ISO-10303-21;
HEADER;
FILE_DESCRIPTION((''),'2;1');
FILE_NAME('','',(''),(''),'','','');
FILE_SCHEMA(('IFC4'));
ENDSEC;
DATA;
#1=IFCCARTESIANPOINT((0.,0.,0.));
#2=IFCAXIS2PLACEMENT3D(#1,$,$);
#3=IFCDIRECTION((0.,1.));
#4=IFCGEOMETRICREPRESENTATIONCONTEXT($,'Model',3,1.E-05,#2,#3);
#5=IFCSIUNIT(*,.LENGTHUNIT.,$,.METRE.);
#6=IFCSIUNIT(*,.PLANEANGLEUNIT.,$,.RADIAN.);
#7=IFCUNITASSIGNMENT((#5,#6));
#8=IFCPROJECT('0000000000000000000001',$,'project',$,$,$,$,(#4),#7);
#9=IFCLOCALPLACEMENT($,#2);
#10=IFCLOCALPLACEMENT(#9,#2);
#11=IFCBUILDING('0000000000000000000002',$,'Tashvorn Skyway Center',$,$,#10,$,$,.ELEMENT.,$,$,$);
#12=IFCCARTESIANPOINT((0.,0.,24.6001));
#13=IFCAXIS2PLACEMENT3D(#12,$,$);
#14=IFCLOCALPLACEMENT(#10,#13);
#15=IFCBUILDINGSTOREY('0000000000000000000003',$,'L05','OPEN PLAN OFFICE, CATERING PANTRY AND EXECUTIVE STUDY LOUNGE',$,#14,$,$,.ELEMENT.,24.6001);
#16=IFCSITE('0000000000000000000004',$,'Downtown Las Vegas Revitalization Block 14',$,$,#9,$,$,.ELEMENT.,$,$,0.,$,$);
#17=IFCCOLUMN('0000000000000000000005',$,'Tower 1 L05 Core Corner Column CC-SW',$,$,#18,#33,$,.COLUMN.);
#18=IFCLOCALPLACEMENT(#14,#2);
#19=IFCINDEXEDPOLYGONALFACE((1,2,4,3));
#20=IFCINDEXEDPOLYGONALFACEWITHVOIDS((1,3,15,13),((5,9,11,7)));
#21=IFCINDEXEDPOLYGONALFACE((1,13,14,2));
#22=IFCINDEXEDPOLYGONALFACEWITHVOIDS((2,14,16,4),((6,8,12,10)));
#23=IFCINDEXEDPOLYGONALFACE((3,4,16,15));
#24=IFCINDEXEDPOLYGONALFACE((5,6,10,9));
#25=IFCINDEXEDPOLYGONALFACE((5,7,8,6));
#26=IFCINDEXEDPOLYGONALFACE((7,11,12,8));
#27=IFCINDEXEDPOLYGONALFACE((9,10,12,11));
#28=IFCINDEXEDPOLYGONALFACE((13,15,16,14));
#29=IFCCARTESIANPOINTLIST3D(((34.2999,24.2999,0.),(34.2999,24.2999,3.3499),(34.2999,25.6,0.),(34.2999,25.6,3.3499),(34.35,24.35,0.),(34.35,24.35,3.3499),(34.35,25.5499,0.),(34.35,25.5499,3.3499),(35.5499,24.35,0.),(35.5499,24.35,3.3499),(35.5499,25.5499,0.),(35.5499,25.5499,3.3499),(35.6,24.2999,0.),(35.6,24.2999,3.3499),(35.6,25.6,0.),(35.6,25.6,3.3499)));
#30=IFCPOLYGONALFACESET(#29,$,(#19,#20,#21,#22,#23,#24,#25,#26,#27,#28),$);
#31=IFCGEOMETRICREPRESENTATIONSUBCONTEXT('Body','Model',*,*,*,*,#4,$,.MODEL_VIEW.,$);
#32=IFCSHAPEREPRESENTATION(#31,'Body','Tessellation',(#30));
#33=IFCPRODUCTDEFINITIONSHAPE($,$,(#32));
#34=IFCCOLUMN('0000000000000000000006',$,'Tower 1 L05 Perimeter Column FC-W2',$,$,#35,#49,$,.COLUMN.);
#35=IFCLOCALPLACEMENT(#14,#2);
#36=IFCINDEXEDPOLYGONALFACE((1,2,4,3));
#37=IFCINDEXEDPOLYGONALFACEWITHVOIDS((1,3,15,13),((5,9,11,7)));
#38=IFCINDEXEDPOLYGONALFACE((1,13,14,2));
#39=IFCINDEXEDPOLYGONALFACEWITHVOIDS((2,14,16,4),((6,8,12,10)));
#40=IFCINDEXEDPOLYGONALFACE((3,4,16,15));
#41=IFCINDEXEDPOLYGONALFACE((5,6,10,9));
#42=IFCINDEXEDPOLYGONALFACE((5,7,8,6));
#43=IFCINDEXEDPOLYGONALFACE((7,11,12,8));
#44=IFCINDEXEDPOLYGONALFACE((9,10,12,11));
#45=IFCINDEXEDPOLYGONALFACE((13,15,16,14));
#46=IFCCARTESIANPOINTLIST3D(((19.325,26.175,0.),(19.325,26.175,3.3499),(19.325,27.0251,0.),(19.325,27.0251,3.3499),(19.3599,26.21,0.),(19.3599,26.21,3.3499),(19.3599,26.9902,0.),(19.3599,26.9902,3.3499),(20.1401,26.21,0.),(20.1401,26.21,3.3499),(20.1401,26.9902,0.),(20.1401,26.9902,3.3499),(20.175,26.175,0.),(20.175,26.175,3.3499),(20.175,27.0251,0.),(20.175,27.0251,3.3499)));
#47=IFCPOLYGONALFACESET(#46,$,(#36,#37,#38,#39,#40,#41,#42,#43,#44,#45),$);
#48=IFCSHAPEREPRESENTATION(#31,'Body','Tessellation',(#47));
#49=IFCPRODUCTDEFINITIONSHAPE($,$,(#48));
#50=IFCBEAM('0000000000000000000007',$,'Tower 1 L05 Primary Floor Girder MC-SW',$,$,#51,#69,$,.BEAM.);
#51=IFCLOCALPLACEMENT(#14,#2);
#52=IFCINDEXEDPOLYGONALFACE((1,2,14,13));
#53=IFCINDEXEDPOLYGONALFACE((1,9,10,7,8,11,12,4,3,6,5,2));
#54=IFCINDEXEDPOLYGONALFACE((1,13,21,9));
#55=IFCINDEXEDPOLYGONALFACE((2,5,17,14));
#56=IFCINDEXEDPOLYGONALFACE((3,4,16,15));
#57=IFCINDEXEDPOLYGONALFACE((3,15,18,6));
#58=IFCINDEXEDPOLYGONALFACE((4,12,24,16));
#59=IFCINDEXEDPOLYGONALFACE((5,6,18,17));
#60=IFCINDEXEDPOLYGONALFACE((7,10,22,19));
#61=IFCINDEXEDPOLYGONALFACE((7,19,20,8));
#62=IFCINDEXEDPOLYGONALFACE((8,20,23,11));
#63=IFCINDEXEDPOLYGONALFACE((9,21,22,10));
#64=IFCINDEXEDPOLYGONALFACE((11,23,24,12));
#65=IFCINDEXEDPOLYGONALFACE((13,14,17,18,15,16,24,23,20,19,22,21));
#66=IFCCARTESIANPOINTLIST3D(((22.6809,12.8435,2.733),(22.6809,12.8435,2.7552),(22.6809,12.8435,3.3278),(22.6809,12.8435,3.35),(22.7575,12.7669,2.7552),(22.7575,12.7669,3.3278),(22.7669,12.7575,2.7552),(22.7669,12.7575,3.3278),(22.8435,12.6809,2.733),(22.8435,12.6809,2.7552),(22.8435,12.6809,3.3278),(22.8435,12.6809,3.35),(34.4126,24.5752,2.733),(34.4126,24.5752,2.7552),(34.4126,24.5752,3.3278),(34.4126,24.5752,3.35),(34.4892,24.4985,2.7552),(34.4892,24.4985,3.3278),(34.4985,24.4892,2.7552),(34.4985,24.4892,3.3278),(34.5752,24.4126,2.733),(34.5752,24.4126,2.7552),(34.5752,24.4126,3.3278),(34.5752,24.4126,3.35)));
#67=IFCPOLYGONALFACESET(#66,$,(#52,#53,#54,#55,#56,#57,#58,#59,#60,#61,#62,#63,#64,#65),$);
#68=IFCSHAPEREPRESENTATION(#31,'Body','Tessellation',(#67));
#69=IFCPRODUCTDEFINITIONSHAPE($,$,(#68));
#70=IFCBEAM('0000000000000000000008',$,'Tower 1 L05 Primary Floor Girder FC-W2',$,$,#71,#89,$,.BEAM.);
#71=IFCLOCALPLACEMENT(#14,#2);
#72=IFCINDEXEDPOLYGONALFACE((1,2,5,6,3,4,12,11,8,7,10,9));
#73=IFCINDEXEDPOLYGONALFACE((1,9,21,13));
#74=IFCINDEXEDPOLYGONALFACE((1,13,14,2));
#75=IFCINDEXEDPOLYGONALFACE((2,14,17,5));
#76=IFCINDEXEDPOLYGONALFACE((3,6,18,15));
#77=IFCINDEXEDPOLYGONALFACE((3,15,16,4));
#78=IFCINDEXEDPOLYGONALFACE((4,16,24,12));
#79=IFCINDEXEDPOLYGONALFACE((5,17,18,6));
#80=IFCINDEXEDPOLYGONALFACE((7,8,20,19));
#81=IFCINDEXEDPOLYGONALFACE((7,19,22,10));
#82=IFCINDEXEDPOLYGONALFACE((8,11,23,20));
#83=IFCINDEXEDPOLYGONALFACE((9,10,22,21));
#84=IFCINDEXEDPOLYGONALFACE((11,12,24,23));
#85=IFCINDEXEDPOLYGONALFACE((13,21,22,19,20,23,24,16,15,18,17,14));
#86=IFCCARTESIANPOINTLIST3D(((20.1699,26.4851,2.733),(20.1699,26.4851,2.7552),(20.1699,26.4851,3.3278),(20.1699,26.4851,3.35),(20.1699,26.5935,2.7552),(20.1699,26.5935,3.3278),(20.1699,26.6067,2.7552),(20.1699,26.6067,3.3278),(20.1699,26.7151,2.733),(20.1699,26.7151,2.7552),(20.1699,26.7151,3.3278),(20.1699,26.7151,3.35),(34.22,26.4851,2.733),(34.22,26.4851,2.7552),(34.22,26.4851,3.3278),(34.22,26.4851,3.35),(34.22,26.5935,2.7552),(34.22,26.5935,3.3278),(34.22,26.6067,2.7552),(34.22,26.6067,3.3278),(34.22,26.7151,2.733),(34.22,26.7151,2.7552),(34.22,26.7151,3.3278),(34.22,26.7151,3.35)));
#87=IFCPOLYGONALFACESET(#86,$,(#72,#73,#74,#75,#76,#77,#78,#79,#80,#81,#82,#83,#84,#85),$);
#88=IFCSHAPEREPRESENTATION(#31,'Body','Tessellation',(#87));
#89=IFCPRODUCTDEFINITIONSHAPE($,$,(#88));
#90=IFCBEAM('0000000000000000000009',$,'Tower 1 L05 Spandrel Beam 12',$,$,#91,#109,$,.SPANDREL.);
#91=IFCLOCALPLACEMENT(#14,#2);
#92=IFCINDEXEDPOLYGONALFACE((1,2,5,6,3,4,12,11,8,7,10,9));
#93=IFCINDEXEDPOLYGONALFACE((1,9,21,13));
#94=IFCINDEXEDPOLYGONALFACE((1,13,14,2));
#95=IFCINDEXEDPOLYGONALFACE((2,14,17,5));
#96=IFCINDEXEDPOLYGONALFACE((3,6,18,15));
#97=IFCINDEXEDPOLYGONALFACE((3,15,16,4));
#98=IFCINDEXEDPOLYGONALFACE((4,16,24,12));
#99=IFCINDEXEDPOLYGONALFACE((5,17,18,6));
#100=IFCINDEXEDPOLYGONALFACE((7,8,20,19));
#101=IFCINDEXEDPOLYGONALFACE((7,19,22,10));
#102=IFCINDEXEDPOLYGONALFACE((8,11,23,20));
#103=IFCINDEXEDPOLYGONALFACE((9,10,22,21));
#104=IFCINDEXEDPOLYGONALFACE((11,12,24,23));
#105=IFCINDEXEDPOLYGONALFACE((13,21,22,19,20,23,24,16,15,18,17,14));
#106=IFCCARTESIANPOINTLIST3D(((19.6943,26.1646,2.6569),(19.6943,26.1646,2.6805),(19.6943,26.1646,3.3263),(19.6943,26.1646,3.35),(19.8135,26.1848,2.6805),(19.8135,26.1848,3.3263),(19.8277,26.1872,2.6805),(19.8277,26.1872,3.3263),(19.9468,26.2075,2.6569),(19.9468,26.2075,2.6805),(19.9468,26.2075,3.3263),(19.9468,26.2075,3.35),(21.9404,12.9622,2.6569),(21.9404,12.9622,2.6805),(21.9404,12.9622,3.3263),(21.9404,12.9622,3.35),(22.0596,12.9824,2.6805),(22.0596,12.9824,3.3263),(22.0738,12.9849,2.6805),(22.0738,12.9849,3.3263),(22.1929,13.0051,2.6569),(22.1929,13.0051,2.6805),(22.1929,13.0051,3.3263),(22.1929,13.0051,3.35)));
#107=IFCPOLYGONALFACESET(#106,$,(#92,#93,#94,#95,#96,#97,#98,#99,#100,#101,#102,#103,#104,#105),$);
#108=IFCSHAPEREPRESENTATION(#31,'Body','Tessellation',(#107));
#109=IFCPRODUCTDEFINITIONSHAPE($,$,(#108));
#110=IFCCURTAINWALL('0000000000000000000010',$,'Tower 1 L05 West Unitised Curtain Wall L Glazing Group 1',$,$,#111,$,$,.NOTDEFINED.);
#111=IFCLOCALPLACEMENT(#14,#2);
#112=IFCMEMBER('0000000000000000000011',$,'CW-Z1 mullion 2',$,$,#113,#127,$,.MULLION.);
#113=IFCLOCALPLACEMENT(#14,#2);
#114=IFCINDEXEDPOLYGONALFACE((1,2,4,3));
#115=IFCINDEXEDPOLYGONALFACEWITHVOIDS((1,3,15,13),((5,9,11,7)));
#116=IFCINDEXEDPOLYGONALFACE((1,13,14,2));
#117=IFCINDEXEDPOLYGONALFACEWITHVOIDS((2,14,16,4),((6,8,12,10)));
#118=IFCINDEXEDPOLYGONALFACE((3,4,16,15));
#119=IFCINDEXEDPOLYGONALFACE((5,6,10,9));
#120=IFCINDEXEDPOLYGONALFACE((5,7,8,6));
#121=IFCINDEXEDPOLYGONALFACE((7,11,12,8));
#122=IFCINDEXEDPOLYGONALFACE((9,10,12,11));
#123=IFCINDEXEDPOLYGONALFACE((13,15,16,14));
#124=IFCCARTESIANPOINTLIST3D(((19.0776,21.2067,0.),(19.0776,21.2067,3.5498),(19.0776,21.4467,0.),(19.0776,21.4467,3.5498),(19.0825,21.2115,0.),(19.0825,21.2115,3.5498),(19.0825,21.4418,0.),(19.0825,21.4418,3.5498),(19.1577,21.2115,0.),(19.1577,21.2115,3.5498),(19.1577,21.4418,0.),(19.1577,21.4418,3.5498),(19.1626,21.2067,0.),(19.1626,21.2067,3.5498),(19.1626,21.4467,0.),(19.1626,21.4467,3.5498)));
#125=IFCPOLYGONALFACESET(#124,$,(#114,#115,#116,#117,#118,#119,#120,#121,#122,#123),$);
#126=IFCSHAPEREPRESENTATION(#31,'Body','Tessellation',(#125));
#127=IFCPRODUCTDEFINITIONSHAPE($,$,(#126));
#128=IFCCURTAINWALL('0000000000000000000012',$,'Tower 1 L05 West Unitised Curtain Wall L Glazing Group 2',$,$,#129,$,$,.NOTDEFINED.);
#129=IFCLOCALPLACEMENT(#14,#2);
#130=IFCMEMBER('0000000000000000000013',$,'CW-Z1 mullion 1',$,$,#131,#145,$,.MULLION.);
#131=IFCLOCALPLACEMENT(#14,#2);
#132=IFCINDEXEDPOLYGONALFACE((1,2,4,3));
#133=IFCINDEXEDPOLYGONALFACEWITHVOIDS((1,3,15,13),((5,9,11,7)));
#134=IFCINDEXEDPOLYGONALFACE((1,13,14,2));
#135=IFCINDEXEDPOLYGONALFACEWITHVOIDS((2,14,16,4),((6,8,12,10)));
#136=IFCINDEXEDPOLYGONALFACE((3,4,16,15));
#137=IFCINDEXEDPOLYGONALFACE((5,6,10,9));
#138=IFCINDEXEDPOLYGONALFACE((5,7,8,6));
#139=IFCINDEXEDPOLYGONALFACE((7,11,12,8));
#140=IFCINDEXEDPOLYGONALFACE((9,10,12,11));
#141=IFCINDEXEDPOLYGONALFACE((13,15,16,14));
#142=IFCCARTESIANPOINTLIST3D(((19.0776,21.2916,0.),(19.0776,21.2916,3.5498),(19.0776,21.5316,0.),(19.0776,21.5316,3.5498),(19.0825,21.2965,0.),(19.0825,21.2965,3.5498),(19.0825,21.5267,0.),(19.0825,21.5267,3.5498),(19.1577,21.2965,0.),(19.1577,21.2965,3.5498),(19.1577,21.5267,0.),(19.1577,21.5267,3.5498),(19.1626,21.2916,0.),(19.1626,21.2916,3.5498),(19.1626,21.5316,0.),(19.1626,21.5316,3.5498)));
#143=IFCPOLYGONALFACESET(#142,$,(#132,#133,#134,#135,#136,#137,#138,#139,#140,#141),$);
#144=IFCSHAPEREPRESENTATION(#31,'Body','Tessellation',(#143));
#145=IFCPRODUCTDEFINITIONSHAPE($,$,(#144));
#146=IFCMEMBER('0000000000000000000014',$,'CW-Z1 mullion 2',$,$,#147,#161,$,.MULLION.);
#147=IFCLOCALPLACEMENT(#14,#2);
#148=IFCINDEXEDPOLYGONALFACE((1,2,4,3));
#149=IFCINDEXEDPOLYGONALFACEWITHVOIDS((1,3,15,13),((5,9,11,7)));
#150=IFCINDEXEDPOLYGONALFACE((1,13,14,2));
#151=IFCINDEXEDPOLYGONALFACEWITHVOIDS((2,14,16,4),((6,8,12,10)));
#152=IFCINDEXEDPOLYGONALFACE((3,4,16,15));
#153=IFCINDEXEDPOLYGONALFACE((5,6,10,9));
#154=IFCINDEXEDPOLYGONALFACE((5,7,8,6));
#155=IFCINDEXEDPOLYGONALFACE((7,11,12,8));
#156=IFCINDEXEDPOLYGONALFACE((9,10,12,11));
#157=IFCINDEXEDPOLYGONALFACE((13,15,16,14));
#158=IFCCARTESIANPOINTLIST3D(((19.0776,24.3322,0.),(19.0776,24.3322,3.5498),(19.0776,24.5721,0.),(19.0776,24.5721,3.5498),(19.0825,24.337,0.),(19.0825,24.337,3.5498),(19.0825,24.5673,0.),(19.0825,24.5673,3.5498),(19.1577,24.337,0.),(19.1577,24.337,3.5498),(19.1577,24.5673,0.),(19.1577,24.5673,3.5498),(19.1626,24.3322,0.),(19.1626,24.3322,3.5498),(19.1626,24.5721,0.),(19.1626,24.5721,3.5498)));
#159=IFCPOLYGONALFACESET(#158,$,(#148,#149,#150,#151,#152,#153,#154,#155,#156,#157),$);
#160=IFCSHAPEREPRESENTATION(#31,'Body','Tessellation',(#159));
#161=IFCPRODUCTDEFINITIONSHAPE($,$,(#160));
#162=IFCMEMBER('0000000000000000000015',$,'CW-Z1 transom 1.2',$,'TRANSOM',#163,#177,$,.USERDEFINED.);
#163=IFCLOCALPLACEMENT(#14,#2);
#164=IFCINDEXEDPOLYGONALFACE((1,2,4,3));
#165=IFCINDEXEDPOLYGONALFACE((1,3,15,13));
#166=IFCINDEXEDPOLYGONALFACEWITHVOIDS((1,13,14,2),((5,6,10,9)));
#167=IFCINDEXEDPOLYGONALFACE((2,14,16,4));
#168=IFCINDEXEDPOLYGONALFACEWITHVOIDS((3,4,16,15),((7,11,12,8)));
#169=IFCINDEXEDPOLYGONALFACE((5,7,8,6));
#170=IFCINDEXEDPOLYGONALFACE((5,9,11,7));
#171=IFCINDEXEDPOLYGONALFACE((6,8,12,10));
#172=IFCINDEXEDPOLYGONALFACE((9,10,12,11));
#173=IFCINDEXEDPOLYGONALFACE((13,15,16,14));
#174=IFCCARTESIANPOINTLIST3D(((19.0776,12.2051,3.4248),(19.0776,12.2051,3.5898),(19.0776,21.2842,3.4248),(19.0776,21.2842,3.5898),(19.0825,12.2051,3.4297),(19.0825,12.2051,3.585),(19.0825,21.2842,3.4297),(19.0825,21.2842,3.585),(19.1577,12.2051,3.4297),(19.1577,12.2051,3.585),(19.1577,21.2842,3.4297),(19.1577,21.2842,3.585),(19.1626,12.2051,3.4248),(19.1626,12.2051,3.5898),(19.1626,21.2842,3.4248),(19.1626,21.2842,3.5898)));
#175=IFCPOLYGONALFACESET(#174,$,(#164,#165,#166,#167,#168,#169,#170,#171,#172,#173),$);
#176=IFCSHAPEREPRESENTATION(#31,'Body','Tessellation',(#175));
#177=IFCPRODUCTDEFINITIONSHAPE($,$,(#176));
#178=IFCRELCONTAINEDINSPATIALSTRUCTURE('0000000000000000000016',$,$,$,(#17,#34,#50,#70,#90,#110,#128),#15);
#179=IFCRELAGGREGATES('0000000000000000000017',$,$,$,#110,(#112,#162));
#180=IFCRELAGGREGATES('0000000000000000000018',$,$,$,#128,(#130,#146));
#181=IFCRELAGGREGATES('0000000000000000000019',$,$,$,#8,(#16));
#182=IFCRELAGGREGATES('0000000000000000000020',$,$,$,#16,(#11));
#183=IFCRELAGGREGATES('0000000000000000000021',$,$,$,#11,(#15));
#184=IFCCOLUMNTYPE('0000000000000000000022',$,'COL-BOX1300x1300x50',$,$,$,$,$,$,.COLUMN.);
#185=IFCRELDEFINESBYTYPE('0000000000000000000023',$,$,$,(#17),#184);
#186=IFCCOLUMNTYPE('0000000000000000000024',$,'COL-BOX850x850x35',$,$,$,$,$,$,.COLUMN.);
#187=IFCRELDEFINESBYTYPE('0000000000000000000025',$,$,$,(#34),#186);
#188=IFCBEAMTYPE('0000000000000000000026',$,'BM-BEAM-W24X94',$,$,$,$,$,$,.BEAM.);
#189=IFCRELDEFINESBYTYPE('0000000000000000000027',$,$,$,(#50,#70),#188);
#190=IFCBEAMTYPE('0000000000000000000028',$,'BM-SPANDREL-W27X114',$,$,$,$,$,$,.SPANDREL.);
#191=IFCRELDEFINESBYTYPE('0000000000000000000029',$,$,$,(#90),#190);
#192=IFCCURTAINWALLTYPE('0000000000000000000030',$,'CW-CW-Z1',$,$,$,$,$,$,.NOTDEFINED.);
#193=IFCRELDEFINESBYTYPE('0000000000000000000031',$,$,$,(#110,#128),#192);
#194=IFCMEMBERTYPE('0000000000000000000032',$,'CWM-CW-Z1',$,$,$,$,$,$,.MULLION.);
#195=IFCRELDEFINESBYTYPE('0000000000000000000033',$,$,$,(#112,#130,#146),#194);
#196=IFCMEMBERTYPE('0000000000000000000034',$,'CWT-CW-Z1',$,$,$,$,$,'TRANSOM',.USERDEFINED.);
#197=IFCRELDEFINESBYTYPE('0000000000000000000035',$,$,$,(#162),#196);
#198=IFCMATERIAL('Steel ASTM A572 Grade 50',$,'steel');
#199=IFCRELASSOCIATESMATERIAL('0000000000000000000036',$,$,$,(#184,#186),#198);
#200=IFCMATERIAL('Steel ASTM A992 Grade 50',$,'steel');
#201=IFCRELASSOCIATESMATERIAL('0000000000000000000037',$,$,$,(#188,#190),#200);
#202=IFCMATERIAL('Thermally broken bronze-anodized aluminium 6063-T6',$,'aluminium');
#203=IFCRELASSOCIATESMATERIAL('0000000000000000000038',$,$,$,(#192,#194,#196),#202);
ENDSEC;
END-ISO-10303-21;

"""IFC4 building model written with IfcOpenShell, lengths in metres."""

from ifc_helpers import new_model, si_unit, direction, frame, origin, origin_2d, place, context, subcontext, project, spatial, hollow_rectangle, i_section, extrude, material, material_profile, profile_set, type_object, element, aggregate, save


model = new_model("IFC4")

# Units and contexts
model_context = context("Model", 3, precision=1e-05, world=origin(), true_north=direction((0.0, 1.0)))
body_context = subcontext(model_context, "Body", "Model", "MODEL_VIEW")
ifc_project = project(units=[si_unit("LENGTHUNIT", "METRE"), si_unit("PLANEANGLEUNIT", "RADIAN")], contexts=[model_context])

# Site, building, storey
site_placement = place(None, origin())
site = spatial("IfcSite", under=ifc_project, at=site_placement, Name="Downtown Las Vegas Revitalization Block 14", CompositionType="ELEMENT", RefElevation=0.0)
building_placement = place(site_placement, origin())
building = spatial("IfcBuilding", under=site, at=building_placement, Name="Tashvorn Skyway Center", CompositionType="ELEMENT")
storey_placement = place(building_placement, frame((0.0, 0.0, 24.6001)))
storey = spatial("IfcBuildingStorey", under=building, at=storey_placement, Name="L05", Description="OPEN PLAN OFFICE, CATERING PANTRY AND EXECUTIVE STUDY LOUNGE", CompositionType="ELEMENT", Elevation=24.6001)

# Columns
ifc_material_1 = material(Name="Steel ASTM A572 Grade 50", Category="steel")
ifc_material_profile_1 = material_profile(ifc_material_1, hollow_rectangle(XDim=1.3, YDim=1.3, WallThickness=0.05, at=origin_2d()), Name="BOX1300x1300x50")
ifc_profile_set_1 = profile_set([ifc_material_profile_1], Name="Steel ASTM A572 Grade 50")
column_type_1 = type_object("IfcColumnType", Name="COL-BOX1300x1300x50", PredefinedType="COLUMN", material=ifc_profile_set_1)
column_1_placement = place(storey_placement, frame((34.95, 24.95, 0.0), z_axis=(0.0, 0.0, 1.0), x_axis=(1.0, 0.0, 0.0)))
element("IfcColumn", 1, at=column_1_placement, inside=storey, type_object=column_type_1, Name="Tower 1 L05 Core Corner Column CC-SW", PredefinedType="COLUMN", context=body_context, shape_type="SweptSolid", body=[
    extrude(hollow_rectangle(XDim=1.3, YDim=1.3, WallThickness=0.05, at=origin_2d()), origin(), (0.0, 0.0, 1.0), 3.3499),
])
ifc_material_profile_2 = material_profile(ifc_material_1, hollow_rectangle(XDim=0.8501, YDim=0.8501, WallThickness=0.0349, at=origin_2d()), Name="BOX850x850x35")
ifc_profile_set_2 = profile_set([ifc_material_profile_2], Name="Steel ASTM A572 Grade 50")
column_type_2 = type_object("IfcColumnType", Name="COL-BOX850x850x35", PredefinedType="COLUMN", material=ifc_profile_set_2)
column_2_placement = place(storey_placement, frame((19.75, 26.6001, 0.0), z_axis=(0.0, 0.0, 1.0), x_axis=(1.0, 0.0, 0.0)))
element("IfcColumn", 2, at=column_2_placement, inside=storey, type_object=column_type_2, Name="Tower 1 L05 Perimeter Column FC-W2", PredefinedType="COLUMN", context=body_context, shape_type="SweptSolid", body=[
    extrude(hollow_rectangle(XDim=0.8501, YDim=0.8501, WallThickness=0.0349, at=origin_2d()), origin(), (0.0, 0.0, 1.0), 3.3499),
])

# Beams
ifc_material_2 = material(Name="Steel ASTM A992 Grade 50", Category="steel")
ifc_material_profile_3 = material_profile(ifc_material_2, i_section(OverallWidth=0.23, OverallDepth=0.6169, WebThickness=0.0132, FlangeThickness=0.0222, at=origin_2d()), Name="W24X94")
ifc_profile_set_3 = profile_set([ifc_material_profile_3], Name="Steel ASTM A992 Grade 50")
beam_type_1 = type_object("IfcBeamType", Name="BM-BEAM-W24X94", PredefinedType="BEAM", material=ifc_profile_set_3)
beam_1_placement = place(storey_placement, frame((22.7622, 12.7622, 3.0415), z_axis=(0.707107, 0.707107, 0.0), x_axis=(-0.707107, 0.707107, 0.0)))
element("IfcBeam", 3, at=beam_1_placement, inside=storey, type_object=beam_type_1, Name="Tower 1 L05 Primary Floor Girder MC-SW", PredefinedType="BEAM", context=body_context, shape_type="SweptSolid", body=[
    extrude(i_section(OverallWidth=0.23, OverallDepth=0.6169, WebThickness=0.0132, FlangeThickness=0.0222, at=origin_2d()), origin(), (0.0, 0.0, 1.0), 16.5911),
])
beam_2_placement = place(storey_placement, frame((20.1699, 26.6001, 3.0415), z_axis=(1.0, 0.0, 0.0), x_axis=(0.0, 1.0, 0.0)))
element("IfcBeam", 4, at=beam_2_placement, inside=storey, type_object=beam_type_1, Name="Tower 1 L05 Primary Floor Girder FC-W2", PredefinedType="BEAM", context=body_context, shape_type="SweptSolid", body=[
    extrude(i_section(OverallWidth=0.23, OverallDepth=0.6169, WebThickness=0.0132, FlangeThickness=0.0222, at=origin_2d()), origin(), (0.0, 0.0, 1.0), 14.05),
])
ifc_material_profile_4 = material_profile(ifc_material_2, i_section(OverallWidth=0.2561, OverallDepth=0.6931, WebThickness=0.0144, FlangeThickness=0.0237, at=origin_2d()), Name="W27X114")
ifc_profile_set_4 = profile_set([ifc_material_profile_4], Name="Steel ASTM A992 Grade 50")
beam_type_2 = type_object("IfcBeamType", Name="BM-SPANDREL-W27X114", PredefinedType="SPANDREL", material=ifc_profile_set_4)
beam_3_placement = place(storey_placement, frame((19.8206, 26.186, 3.0034), z_axis=(0.167718, -0.985835, 0.0), x_axis=(0.985835, 0.167718, 0.0)))
element("IfcBeam", 5, at=beam_3_placement, inside=storey, type_object=beam_type_2, Name="Tower 1 L05 Spandrel Beam 12", PredefinedType="SPANDREL", context=body_context, shape_type="SweptSolid", body=[
    extrude(i_section(OverallWidth=0.2561, OverallDepth=0.6931, WebThickness=0.0144, FlangeThickness=0.0237, at=origin_2d()), origin(), (0.0, 0.0, 1.0), 13.3921),
])

# Curtain wall, member
ifc_material_3 = material(Name="Thermally broken bronze-anodized aluminium 6063-T6", Category="aluminium")
curtain_wall_type = type_object("IfcCurtainWallType", Name="CW-CW-Z1", PredefinedType="NOTDEFINED", material=ifc_material_3)
curtain_wall_1_placement = place(storey_placement, origin())
curtain_wall_1 = element("IfcCurtainWall", 6, at=curtain_wall_1_placement, inside=storey, type_object=curtain_wall_type, Name="Tower 1 L05 West Unitised Curtain Wall L Glazing Group 1", PredefinedType="NOTDEFINED")
ifc_material_profile_5 = material_profile(ifc_material_3, hollow_rectangle(XDim=0.085, YDim=0.24, WallThickness=0.0049, at=origin_2d()), Name="ALU-MULL-85x240")
ifc_profile_set_5 = profile_set([ifc_material_profile_5], Name="Thermally broken bronze-anodized aluminium 6063-T6")
member_type_1 = type_object("IfcMemberType", Name="CWM-CW-Z1", PredefinedType="MULLION", material=ifc_profile_set_5)
member_1_placement = place(storey_placement, frame((19.1201, 21.3267, 0.0), z_axis=(0.0, 0.0, 1.0), x_axis=(-1.0, 0.0, 0.0)))
member_1 = element("IfcMember", 7, at=member_1_placement, type_object=member_type_1, Name="CW-Z1 mullion 2", PredefinedType="MULLION", context=body_context, shape_type="SweptSolid", body=[
    extrude(hollow_rectangle(XDim=0.085, YDim=0.24, WallThickness=0.0049, at=origin_2d()), origin(), (0.0, 0.0, 1.0), 3.5498),
])

# Curtain wall, members
curtain_wall_2_placement = place(storey_placement, origin())
curtain_wall_2 = element("IfcCurtainWall", 8, at=curtain_wall_2_placement, inside=storey, type_object=curtain_wall_type, Name="Tower 1 L05 West Unitised Curtain Wall L Glazing Group 2", PredefinedType="NOTDEFINED")
member_2_placement = place(storey_placement, frame((19.1201, 21.4116, 0.0), z_axis=(0.0, 0.0, 1.0), x_axis=(-1.0, 0.0, 0.0)))
member_2 = element("IfcMember", 9, at=member_2_placement, type_object=member_type_1, Name="CW-Z1 mullion 1", PredefinedType="MULLION", context=body_context, shape_type="SweptSolid", body=[
    extrude(hollow_rectangle(XDim=0.085, YDim=0.24, WallThickness=0.0049, at=origin_2d()), origin(), (0.0, 0.0, 1.0), 3.5498),
])
member_3_placement = place(storey_placement, frame((19.1201, 24.4521, 0.0), z_axis=(0.0, 0.0, 1.0), x_axis=(-1.0, 0.0, 0.0)))
member_3 = element("IfcMember", 10, at=member_3_placement, type_object=member_type_1, Name="CW-Z1 mullion 2", PredefinedType="MULLION", context=body_context, shape_type="SweptSolid", body=[
    extrude(hollow_rectangle(XDim=0.085, YDim=0.24, WallThickness=0.0049, at=origin_2d()), origin(), (0.0, 0.0, 1.0), 3.5498),
])

# Member
ifc_material_profile_6 = material_profile(ifc_material_3, hollow_rectangle(XDim=0.085, YDim=0.165, WallThickness=0.0049, at=origin_2d()), Name="ALU-TRAN-85x165")
ifc_profile_set_6 = profile_set([ifc_material_profile_6], Name="Thermally broken bronze-anodized aluminium 6063-T6")
member_type_2 = type_object("IfcMemberType", Name="CWT-CW-Z1", ElementType="TRANSOM", PredefinedType="USERDEFINED", material=ifc_profile_set_6)
member_4_placement = place(storey_placement, frame((19.1201, 12.2051, 3.5073), z_axis=(0.0, 1.0, 0.0), x_axis=(-1.0, 0.0, 0.0)))
member_4 = element("IfcMember", 11, at=member_4_placement, type_object=member_type_2, Name="CW-Z1 transom 1.2", ObjectType="TRANSOM", PredefinedType="USERDEFINED", context=body_context, shape_type="SweptSolid", body=[
    extrude(hollow_rectangle(XDim=0.085, YDim=0.165, WallThickness=0.0049, at=origin_2d()), origin(), (0.0, 0.0, 1.0), 9.0791),
])

aggregate(curtain_wall_1, [member_1, member_4])
aggregate(curtain_wall_2, [member_2, member_3])

save(model, "model.ifc")
